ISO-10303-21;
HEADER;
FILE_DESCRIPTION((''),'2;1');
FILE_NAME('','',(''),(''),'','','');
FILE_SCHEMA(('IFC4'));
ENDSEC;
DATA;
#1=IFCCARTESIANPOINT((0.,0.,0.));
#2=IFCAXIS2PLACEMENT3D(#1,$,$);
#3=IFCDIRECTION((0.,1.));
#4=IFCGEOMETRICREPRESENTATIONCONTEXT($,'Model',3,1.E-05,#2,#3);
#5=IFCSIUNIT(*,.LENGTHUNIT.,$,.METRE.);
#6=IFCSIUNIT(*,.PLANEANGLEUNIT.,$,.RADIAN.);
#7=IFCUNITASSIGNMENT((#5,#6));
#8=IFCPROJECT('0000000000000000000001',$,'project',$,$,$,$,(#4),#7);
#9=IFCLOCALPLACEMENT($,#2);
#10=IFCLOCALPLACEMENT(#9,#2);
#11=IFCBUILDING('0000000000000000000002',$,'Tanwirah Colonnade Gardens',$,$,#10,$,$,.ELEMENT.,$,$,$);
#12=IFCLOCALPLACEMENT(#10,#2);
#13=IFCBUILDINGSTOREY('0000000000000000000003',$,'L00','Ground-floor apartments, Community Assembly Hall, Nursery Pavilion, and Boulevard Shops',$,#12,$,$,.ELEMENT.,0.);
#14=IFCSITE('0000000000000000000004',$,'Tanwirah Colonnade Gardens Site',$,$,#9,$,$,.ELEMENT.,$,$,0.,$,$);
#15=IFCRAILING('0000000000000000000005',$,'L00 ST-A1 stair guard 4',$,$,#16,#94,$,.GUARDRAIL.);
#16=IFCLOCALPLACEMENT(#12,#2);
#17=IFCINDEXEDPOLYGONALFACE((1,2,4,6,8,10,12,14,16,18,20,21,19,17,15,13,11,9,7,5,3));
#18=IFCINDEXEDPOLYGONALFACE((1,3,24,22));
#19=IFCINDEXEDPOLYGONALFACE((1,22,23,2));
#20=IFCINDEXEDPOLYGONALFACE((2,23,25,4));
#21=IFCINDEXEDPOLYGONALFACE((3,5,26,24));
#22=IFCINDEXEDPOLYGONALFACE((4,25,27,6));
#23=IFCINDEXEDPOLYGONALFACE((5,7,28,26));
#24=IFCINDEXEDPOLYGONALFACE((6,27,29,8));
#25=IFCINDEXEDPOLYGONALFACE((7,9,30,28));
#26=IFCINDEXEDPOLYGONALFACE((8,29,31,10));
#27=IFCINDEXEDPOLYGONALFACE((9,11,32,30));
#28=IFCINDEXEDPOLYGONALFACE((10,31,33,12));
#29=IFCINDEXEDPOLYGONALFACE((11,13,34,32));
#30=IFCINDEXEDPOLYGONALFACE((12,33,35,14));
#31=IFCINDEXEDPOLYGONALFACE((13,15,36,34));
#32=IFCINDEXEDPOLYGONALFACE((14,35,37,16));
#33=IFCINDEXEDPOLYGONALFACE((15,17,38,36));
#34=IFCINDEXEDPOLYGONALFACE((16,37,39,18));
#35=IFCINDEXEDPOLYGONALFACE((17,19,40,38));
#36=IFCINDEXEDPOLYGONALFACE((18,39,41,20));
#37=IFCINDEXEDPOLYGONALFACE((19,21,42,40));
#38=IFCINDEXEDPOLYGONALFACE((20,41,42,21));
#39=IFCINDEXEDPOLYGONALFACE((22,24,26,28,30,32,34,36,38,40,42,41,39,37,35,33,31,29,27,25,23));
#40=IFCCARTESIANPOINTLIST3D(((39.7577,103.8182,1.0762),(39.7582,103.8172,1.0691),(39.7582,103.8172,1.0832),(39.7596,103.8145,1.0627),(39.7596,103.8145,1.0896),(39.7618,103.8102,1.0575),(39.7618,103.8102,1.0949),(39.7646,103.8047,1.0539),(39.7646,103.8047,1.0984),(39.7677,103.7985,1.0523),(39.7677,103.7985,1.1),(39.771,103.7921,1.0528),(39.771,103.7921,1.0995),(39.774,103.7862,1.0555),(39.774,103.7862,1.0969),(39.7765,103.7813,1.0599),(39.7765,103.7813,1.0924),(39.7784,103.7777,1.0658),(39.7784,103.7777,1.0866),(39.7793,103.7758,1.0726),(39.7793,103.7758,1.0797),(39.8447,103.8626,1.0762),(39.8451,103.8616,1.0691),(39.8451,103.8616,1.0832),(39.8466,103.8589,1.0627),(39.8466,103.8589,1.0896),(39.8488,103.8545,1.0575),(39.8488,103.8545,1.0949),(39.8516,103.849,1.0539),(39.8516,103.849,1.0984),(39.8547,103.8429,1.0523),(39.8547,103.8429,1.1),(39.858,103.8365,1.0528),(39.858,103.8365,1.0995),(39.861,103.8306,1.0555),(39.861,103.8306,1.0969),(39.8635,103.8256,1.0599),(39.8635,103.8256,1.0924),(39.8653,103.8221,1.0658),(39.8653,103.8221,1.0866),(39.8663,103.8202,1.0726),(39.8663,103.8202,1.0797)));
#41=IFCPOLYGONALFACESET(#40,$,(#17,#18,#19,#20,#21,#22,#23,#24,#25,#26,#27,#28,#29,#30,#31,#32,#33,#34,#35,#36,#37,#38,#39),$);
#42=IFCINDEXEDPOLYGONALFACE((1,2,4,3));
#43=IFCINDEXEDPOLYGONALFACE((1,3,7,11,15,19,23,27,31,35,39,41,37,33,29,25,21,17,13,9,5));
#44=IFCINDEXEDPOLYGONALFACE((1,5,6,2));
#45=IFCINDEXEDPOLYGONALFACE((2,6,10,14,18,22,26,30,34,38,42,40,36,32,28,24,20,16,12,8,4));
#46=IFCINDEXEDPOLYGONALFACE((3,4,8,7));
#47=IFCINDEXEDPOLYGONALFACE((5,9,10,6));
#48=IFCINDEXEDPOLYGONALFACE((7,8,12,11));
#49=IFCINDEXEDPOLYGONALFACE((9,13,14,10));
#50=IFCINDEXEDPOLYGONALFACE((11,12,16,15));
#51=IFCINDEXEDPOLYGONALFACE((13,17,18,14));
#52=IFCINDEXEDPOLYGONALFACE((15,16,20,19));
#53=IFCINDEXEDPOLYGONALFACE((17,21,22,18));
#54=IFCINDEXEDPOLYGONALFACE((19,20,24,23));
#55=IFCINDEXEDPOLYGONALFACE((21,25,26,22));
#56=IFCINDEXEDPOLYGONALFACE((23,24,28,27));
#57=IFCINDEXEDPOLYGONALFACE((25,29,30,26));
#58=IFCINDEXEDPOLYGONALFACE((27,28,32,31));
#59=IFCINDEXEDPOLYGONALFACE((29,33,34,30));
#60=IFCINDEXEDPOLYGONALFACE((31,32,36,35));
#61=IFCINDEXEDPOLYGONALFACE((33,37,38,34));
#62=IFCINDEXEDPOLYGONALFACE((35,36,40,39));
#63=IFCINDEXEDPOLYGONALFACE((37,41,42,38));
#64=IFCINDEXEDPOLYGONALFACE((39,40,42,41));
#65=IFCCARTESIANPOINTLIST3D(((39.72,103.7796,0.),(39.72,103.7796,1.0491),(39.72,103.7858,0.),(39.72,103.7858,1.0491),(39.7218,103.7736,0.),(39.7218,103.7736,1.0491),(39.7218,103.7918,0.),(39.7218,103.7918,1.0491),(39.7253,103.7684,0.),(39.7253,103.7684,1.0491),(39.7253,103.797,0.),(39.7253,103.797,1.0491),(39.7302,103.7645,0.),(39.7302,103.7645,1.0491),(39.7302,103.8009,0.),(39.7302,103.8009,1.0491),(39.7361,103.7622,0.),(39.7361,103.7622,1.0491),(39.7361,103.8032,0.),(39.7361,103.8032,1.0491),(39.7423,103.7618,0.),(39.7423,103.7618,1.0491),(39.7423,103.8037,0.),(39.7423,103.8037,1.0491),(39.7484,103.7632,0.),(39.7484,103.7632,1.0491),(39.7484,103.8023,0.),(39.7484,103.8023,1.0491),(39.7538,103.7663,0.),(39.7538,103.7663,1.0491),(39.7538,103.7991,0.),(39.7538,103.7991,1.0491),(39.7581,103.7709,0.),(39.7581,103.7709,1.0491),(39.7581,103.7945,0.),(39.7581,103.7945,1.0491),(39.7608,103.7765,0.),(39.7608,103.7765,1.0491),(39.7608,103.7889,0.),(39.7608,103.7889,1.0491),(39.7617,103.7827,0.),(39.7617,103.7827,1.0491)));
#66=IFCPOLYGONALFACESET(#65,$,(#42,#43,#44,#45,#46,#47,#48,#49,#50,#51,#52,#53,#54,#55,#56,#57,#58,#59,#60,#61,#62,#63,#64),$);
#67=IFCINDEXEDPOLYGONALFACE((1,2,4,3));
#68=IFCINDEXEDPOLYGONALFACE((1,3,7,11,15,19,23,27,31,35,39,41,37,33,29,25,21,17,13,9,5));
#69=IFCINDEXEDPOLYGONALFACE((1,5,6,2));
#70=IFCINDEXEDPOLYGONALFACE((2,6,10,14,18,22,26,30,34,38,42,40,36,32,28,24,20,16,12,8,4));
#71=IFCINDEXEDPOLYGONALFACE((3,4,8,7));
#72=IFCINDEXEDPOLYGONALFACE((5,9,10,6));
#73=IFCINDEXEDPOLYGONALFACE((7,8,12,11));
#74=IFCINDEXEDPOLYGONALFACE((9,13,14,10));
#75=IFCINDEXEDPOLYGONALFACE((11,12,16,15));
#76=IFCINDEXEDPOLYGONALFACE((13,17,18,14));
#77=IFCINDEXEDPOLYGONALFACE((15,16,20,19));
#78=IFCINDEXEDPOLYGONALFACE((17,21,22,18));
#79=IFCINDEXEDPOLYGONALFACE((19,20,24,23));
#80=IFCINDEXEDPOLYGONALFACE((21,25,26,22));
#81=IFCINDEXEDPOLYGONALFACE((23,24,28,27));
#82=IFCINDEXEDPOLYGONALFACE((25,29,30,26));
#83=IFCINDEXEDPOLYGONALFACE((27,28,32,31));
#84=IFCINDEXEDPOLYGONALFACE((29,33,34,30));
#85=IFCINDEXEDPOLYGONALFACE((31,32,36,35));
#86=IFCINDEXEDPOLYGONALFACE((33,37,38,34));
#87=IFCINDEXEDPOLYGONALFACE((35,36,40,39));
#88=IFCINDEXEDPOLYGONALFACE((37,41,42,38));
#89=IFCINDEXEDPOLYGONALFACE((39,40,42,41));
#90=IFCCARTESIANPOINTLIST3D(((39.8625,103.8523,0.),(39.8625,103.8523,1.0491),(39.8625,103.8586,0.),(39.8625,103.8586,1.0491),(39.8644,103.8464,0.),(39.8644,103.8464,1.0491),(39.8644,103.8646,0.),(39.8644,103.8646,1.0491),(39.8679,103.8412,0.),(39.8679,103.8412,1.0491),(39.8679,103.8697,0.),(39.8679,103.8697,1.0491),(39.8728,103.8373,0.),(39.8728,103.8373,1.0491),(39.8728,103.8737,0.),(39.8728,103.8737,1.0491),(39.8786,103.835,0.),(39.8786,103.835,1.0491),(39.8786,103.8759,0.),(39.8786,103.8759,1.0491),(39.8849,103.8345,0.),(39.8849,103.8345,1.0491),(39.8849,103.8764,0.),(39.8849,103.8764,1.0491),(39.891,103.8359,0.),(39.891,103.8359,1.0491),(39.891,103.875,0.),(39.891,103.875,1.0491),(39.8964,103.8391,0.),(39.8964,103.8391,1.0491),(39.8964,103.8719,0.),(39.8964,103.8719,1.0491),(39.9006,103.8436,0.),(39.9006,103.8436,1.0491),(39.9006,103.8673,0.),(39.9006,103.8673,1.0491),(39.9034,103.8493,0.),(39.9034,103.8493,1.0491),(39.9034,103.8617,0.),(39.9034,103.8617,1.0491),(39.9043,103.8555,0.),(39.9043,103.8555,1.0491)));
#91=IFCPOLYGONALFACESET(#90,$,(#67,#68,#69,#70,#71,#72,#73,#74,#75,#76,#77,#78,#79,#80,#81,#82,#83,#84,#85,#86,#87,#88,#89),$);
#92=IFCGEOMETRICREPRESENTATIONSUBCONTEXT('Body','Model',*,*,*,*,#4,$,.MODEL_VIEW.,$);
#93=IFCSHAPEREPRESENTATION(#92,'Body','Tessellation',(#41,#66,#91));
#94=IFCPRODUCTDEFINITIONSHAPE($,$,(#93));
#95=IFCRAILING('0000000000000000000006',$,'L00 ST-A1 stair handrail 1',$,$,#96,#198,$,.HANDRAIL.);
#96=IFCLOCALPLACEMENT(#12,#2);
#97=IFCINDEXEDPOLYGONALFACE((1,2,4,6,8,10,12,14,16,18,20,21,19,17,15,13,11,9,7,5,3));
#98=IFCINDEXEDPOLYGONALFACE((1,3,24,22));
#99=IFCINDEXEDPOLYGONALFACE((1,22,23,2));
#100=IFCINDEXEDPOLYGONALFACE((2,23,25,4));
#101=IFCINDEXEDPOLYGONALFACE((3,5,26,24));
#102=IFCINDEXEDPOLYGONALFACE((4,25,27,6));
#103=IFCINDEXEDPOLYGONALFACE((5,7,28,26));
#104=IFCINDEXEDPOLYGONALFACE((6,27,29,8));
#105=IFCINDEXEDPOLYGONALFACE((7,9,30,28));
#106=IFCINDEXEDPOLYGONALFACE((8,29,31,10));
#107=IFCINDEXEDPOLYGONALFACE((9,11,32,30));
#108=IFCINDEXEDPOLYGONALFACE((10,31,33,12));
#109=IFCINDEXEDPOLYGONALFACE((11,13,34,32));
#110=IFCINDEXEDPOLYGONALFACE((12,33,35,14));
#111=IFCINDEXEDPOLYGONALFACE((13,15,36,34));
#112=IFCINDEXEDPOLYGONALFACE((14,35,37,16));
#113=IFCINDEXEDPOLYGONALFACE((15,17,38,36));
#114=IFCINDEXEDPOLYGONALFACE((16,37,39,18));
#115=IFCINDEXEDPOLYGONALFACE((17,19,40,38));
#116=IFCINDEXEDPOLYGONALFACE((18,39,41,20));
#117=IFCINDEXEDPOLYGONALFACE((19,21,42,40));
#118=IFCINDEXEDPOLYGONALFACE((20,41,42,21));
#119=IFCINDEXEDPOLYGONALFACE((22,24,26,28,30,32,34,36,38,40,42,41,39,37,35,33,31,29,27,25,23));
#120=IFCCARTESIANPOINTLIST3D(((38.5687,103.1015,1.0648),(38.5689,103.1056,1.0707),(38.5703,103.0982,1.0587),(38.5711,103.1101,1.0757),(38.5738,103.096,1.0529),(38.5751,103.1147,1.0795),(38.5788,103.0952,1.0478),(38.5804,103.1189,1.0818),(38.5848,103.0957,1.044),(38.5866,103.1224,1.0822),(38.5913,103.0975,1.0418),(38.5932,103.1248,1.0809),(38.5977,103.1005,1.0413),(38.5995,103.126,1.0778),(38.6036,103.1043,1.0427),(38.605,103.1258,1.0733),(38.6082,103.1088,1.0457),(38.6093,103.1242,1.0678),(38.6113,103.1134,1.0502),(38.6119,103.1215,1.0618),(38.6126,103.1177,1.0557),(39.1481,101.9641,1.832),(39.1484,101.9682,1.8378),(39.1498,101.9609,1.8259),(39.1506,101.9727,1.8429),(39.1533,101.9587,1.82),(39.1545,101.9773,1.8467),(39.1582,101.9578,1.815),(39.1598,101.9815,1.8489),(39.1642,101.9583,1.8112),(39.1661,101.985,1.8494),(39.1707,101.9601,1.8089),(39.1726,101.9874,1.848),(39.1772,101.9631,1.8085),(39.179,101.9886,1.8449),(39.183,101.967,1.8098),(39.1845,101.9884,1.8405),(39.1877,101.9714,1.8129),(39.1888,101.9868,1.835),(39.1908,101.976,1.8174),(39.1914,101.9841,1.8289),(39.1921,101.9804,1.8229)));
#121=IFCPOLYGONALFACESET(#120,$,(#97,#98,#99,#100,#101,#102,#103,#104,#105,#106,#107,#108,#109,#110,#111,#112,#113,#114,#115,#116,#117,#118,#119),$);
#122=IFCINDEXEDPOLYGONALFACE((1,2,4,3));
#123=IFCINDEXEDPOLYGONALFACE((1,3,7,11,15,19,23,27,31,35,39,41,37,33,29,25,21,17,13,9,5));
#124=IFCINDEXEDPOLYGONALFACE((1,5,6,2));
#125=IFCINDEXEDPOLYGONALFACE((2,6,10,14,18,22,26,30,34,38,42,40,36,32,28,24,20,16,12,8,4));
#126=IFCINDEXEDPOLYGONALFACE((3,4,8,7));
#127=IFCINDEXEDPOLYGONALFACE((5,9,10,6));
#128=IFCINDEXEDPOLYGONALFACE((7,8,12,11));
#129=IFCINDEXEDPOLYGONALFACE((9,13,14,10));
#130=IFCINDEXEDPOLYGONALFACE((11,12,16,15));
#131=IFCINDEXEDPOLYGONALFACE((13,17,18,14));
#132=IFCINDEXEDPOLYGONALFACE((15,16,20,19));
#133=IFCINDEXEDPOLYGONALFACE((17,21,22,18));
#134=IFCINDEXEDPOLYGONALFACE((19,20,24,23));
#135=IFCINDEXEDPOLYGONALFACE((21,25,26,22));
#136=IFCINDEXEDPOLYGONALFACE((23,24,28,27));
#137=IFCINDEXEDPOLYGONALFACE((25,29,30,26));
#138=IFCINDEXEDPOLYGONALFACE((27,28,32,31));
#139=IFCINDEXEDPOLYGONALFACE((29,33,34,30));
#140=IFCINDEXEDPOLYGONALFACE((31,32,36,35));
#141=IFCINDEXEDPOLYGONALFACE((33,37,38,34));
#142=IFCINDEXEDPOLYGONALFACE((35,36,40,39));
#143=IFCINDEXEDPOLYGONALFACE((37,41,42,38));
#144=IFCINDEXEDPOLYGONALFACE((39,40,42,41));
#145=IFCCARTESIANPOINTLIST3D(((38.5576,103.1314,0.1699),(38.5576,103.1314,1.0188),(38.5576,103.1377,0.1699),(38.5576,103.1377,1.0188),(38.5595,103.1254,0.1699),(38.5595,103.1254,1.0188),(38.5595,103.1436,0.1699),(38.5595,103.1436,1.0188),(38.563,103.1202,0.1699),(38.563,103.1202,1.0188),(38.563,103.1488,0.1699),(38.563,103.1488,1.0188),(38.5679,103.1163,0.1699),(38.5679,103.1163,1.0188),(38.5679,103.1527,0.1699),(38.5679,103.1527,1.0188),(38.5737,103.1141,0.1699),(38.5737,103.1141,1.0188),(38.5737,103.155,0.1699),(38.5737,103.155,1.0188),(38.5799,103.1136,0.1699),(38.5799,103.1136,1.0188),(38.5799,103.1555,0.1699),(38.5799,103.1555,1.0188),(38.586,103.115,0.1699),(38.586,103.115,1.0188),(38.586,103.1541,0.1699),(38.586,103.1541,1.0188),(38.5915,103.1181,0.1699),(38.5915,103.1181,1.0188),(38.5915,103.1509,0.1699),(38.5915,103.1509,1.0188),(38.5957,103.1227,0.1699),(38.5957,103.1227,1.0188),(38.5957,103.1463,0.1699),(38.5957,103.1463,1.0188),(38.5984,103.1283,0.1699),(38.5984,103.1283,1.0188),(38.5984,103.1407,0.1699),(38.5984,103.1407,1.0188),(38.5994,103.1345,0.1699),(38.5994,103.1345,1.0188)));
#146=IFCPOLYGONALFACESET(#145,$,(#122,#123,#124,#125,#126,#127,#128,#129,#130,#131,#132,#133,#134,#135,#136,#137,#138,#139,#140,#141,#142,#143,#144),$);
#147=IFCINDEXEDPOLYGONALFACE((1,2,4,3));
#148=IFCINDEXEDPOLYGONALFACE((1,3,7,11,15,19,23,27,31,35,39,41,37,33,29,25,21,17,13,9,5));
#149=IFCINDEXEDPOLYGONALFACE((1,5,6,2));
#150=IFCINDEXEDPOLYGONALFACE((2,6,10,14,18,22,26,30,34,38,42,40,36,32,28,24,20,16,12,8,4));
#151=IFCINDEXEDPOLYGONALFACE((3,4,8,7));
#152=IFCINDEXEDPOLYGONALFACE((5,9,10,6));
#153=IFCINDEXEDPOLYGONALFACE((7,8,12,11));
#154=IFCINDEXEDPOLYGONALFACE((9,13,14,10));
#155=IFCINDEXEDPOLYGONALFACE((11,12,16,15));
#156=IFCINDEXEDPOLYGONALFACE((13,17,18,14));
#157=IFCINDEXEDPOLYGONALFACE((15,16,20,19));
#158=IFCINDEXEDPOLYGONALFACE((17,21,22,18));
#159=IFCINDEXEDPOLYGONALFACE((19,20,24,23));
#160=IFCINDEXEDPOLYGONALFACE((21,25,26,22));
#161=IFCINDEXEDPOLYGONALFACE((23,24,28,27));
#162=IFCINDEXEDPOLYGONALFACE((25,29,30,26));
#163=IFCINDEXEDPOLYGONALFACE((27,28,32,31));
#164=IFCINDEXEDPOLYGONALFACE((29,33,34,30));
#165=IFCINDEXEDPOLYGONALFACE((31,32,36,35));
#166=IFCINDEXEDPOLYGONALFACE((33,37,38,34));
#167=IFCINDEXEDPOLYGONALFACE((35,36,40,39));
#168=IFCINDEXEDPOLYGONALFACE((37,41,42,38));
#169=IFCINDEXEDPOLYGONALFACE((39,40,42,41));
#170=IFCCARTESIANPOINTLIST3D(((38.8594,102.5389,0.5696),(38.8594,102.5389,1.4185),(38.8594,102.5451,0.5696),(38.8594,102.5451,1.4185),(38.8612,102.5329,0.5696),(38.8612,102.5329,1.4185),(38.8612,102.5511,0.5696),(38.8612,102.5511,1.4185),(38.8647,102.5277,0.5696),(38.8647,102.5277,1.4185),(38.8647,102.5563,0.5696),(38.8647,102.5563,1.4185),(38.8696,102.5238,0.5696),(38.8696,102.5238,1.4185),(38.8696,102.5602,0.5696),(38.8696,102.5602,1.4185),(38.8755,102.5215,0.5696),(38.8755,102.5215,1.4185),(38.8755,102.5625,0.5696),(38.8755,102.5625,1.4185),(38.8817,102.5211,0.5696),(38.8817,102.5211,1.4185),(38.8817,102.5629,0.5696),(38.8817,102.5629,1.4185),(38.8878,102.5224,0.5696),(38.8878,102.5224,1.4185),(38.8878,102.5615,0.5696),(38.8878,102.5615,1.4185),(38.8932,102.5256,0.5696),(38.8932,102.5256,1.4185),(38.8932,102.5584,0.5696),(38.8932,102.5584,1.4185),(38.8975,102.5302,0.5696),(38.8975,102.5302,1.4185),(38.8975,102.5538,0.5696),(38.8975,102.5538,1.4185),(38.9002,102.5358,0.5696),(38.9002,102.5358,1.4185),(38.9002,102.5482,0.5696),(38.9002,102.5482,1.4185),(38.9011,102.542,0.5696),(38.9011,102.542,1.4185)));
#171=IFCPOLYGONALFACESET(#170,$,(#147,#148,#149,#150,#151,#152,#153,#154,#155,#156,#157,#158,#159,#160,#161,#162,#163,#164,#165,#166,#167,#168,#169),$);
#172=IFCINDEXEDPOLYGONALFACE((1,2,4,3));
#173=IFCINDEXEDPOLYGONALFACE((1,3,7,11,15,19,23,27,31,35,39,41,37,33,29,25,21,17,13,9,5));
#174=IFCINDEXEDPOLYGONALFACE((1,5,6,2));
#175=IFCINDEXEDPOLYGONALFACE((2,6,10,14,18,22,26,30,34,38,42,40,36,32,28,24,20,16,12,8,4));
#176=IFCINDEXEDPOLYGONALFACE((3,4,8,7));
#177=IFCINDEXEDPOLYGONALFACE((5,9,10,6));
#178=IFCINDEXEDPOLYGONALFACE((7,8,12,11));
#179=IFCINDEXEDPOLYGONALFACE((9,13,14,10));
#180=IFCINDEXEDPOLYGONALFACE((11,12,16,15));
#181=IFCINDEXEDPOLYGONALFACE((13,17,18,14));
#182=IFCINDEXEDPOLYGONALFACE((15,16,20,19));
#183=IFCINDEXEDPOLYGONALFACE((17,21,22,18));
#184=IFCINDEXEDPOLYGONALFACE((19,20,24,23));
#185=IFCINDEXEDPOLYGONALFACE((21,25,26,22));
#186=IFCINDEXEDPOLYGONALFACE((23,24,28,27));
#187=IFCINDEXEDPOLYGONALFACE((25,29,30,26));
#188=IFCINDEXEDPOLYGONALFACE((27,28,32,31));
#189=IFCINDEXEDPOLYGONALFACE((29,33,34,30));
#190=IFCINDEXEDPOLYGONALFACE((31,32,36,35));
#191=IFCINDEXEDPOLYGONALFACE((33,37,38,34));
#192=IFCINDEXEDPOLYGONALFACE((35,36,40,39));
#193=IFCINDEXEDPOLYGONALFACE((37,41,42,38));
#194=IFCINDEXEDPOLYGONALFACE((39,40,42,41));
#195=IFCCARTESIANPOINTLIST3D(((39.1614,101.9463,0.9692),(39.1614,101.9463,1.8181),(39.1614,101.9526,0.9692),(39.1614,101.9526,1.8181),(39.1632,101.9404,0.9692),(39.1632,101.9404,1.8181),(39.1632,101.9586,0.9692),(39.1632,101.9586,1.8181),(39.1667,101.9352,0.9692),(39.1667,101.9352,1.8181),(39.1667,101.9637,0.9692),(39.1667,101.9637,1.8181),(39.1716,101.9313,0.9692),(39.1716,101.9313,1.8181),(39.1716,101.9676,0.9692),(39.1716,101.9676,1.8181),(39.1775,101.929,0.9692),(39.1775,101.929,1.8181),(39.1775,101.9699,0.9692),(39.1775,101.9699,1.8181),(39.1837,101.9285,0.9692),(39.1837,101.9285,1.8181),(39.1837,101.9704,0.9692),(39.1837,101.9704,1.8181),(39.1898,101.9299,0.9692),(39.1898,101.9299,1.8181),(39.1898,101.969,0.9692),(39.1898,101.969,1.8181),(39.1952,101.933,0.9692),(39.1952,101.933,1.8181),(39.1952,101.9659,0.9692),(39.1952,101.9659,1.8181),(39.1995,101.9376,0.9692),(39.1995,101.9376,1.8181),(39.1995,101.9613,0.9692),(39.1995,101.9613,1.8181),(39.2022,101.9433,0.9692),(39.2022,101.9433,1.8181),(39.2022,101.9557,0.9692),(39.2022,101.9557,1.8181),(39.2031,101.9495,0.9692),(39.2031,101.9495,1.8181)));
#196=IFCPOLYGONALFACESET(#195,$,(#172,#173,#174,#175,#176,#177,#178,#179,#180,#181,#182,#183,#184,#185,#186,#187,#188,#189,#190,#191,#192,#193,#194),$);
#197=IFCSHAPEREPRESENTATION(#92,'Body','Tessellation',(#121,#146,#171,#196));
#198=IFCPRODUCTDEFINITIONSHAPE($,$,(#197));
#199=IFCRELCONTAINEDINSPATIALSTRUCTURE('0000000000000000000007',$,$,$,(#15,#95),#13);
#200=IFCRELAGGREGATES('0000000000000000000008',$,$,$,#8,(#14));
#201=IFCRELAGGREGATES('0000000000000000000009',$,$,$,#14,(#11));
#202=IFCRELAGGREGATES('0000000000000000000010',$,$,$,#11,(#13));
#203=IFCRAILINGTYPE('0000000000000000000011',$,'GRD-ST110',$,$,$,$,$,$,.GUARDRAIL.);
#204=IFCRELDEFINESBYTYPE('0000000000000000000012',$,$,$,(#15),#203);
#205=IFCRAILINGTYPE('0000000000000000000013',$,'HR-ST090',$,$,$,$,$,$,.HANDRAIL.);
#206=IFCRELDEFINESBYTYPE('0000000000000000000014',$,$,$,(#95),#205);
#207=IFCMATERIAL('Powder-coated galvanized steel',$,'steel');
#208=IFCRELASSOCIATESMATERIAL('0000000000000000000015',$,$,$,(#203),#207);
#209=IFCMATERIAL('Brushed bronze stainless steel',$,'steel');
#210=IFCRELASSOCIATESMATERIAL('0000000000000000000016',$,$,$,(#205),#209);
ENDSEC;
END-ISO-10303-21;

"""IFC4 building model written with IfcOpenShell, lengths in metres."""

from ifc_helpers import new_model, si_unit, direction, frame, origin, origin_2d, place, context, subcontext, project, spatial, circle, extrude, material, type_object, element, save


model = new_model("IFC4")

# Units and contexts
model_context = context("Model", 3, precision=1e-05, world=origin(), true_north=direction((0.0, 1.0)))
body_context = subcontext(model_context, "Body", "Model", "MODEL_VIEW")
ifc_project = project(units=[si_unit("LENGTHUNIT", "METRE"), si_unit("PLANEANGLEUNIT", "RADIAN")], contexts=[model_context])

# Site, building, storey
site_placement = place(None, origin())
site = spatial("IfcSite", under=ifc_project, at=site_placement, Name="Tanwirah Colonnade Gardens Site", CompositionType="ELEMENT", RefElevation=0.0)
building_placement = place(site_placement, origin())
building = spatial("IfcBuilding", under=site, at=building_placement, Name="Tanwirah Colonnade Gardens", CompositionType="ELEMENT")
storey_placement = place(building_placement, origin())
storey = spatial("IfcBuildingStorey", under=building, at=storey_placement, Name="L00", Description="Ground-floor apartments, Community Assembly Hall, Nursery Pavilion, and Boulevard Shops", CompositionType="ELEMENT", Elevation=0.0)

# Railings
ifc_material_1 = material(Name="Powder-coated galvanized steel", Category="steel")
railing_type_1 = type_object("IfcRailingType", Name="GRD-ST110", PredefinedType="GUARDRAIL", material=ifc_material_1)
railing_1_placement = place(storey_placement, frame((39.7407, 103.7827, 0.0)))
element("IfcRailing", 1, at=railing_1_placement, inside=storey, type_object=railing_type_1, Name="L00 ST-A1 stair guard 4", PredefinedType="GUARDRAIL", context=body_context, shape_type="SweptSolid", body=[
    extrude(circle(Radius=0.0239, at=origin_2d()), frame((0.0278, 0.0142, 1.0762), z_axis=(0.890737, 0.45452, 0.0), x_axis=(-0.45452, 0.890737, 0.0)), (0.0, 0.0, 1.0), 0.0977),
    extrude(circle(Radius=0.021, at=origin_2d()), origin(), (0.0, 0.0, 1.0), 1.0491),
    extrude(circle(Radius=0.021, at=origin_2d()), frame((0.1426, 0.0728, 0.0)), (0.0, 0.0, 1.0), 1.0491),
])
ifc_material_2 = material(Name="Brushed bronze stainless steel", Category="steel")
railing_type_2 = type_object("IfcRailingType", Name="HR-ST090", PredefinedType="HANDRAIL", material=ifc_material_2)
railing_2_placement = place(storey_placement, frame((38.5784, 103.1345, 0.1699)))
element("IfcRailing", 2, at=railing_2_placement, inside=storey, type_object=railing_type_2, Name="L00 ST-A1 stair handrail 1", PredefinedType="HANDRAIL", context=body_context, shape_type="SweptSolid", body=[
    extrude(circle(Radius=0.0239, at=origin_2d()), frame((0.0122, -0.0239, 0.8918), z_axis=(0.389094, -0.763713, 0.515121), x_axis=(0.891024, 0.453956, 0.0)), (0.0, 0.0, 1.0), 1.4893),
    extrude(circle(Radius=0.021, at=origin_2d()), origin(), (0.0, 0.0, 1.0), 0.8489),
    extrude(circle(Radius=0.021, at=origin_2d()), frame((0.3018, -0.5925, 0.3997)), (0.0, 0.0, 1.0), 0.8489),
    extrude(circle(Radius=0.021, at=origin_2d()), frame((0.6038, -1.1851, 0.7993)), (0.0, 0.0, 1.0), 0.8489),
])

save(model, "model.ifc")
